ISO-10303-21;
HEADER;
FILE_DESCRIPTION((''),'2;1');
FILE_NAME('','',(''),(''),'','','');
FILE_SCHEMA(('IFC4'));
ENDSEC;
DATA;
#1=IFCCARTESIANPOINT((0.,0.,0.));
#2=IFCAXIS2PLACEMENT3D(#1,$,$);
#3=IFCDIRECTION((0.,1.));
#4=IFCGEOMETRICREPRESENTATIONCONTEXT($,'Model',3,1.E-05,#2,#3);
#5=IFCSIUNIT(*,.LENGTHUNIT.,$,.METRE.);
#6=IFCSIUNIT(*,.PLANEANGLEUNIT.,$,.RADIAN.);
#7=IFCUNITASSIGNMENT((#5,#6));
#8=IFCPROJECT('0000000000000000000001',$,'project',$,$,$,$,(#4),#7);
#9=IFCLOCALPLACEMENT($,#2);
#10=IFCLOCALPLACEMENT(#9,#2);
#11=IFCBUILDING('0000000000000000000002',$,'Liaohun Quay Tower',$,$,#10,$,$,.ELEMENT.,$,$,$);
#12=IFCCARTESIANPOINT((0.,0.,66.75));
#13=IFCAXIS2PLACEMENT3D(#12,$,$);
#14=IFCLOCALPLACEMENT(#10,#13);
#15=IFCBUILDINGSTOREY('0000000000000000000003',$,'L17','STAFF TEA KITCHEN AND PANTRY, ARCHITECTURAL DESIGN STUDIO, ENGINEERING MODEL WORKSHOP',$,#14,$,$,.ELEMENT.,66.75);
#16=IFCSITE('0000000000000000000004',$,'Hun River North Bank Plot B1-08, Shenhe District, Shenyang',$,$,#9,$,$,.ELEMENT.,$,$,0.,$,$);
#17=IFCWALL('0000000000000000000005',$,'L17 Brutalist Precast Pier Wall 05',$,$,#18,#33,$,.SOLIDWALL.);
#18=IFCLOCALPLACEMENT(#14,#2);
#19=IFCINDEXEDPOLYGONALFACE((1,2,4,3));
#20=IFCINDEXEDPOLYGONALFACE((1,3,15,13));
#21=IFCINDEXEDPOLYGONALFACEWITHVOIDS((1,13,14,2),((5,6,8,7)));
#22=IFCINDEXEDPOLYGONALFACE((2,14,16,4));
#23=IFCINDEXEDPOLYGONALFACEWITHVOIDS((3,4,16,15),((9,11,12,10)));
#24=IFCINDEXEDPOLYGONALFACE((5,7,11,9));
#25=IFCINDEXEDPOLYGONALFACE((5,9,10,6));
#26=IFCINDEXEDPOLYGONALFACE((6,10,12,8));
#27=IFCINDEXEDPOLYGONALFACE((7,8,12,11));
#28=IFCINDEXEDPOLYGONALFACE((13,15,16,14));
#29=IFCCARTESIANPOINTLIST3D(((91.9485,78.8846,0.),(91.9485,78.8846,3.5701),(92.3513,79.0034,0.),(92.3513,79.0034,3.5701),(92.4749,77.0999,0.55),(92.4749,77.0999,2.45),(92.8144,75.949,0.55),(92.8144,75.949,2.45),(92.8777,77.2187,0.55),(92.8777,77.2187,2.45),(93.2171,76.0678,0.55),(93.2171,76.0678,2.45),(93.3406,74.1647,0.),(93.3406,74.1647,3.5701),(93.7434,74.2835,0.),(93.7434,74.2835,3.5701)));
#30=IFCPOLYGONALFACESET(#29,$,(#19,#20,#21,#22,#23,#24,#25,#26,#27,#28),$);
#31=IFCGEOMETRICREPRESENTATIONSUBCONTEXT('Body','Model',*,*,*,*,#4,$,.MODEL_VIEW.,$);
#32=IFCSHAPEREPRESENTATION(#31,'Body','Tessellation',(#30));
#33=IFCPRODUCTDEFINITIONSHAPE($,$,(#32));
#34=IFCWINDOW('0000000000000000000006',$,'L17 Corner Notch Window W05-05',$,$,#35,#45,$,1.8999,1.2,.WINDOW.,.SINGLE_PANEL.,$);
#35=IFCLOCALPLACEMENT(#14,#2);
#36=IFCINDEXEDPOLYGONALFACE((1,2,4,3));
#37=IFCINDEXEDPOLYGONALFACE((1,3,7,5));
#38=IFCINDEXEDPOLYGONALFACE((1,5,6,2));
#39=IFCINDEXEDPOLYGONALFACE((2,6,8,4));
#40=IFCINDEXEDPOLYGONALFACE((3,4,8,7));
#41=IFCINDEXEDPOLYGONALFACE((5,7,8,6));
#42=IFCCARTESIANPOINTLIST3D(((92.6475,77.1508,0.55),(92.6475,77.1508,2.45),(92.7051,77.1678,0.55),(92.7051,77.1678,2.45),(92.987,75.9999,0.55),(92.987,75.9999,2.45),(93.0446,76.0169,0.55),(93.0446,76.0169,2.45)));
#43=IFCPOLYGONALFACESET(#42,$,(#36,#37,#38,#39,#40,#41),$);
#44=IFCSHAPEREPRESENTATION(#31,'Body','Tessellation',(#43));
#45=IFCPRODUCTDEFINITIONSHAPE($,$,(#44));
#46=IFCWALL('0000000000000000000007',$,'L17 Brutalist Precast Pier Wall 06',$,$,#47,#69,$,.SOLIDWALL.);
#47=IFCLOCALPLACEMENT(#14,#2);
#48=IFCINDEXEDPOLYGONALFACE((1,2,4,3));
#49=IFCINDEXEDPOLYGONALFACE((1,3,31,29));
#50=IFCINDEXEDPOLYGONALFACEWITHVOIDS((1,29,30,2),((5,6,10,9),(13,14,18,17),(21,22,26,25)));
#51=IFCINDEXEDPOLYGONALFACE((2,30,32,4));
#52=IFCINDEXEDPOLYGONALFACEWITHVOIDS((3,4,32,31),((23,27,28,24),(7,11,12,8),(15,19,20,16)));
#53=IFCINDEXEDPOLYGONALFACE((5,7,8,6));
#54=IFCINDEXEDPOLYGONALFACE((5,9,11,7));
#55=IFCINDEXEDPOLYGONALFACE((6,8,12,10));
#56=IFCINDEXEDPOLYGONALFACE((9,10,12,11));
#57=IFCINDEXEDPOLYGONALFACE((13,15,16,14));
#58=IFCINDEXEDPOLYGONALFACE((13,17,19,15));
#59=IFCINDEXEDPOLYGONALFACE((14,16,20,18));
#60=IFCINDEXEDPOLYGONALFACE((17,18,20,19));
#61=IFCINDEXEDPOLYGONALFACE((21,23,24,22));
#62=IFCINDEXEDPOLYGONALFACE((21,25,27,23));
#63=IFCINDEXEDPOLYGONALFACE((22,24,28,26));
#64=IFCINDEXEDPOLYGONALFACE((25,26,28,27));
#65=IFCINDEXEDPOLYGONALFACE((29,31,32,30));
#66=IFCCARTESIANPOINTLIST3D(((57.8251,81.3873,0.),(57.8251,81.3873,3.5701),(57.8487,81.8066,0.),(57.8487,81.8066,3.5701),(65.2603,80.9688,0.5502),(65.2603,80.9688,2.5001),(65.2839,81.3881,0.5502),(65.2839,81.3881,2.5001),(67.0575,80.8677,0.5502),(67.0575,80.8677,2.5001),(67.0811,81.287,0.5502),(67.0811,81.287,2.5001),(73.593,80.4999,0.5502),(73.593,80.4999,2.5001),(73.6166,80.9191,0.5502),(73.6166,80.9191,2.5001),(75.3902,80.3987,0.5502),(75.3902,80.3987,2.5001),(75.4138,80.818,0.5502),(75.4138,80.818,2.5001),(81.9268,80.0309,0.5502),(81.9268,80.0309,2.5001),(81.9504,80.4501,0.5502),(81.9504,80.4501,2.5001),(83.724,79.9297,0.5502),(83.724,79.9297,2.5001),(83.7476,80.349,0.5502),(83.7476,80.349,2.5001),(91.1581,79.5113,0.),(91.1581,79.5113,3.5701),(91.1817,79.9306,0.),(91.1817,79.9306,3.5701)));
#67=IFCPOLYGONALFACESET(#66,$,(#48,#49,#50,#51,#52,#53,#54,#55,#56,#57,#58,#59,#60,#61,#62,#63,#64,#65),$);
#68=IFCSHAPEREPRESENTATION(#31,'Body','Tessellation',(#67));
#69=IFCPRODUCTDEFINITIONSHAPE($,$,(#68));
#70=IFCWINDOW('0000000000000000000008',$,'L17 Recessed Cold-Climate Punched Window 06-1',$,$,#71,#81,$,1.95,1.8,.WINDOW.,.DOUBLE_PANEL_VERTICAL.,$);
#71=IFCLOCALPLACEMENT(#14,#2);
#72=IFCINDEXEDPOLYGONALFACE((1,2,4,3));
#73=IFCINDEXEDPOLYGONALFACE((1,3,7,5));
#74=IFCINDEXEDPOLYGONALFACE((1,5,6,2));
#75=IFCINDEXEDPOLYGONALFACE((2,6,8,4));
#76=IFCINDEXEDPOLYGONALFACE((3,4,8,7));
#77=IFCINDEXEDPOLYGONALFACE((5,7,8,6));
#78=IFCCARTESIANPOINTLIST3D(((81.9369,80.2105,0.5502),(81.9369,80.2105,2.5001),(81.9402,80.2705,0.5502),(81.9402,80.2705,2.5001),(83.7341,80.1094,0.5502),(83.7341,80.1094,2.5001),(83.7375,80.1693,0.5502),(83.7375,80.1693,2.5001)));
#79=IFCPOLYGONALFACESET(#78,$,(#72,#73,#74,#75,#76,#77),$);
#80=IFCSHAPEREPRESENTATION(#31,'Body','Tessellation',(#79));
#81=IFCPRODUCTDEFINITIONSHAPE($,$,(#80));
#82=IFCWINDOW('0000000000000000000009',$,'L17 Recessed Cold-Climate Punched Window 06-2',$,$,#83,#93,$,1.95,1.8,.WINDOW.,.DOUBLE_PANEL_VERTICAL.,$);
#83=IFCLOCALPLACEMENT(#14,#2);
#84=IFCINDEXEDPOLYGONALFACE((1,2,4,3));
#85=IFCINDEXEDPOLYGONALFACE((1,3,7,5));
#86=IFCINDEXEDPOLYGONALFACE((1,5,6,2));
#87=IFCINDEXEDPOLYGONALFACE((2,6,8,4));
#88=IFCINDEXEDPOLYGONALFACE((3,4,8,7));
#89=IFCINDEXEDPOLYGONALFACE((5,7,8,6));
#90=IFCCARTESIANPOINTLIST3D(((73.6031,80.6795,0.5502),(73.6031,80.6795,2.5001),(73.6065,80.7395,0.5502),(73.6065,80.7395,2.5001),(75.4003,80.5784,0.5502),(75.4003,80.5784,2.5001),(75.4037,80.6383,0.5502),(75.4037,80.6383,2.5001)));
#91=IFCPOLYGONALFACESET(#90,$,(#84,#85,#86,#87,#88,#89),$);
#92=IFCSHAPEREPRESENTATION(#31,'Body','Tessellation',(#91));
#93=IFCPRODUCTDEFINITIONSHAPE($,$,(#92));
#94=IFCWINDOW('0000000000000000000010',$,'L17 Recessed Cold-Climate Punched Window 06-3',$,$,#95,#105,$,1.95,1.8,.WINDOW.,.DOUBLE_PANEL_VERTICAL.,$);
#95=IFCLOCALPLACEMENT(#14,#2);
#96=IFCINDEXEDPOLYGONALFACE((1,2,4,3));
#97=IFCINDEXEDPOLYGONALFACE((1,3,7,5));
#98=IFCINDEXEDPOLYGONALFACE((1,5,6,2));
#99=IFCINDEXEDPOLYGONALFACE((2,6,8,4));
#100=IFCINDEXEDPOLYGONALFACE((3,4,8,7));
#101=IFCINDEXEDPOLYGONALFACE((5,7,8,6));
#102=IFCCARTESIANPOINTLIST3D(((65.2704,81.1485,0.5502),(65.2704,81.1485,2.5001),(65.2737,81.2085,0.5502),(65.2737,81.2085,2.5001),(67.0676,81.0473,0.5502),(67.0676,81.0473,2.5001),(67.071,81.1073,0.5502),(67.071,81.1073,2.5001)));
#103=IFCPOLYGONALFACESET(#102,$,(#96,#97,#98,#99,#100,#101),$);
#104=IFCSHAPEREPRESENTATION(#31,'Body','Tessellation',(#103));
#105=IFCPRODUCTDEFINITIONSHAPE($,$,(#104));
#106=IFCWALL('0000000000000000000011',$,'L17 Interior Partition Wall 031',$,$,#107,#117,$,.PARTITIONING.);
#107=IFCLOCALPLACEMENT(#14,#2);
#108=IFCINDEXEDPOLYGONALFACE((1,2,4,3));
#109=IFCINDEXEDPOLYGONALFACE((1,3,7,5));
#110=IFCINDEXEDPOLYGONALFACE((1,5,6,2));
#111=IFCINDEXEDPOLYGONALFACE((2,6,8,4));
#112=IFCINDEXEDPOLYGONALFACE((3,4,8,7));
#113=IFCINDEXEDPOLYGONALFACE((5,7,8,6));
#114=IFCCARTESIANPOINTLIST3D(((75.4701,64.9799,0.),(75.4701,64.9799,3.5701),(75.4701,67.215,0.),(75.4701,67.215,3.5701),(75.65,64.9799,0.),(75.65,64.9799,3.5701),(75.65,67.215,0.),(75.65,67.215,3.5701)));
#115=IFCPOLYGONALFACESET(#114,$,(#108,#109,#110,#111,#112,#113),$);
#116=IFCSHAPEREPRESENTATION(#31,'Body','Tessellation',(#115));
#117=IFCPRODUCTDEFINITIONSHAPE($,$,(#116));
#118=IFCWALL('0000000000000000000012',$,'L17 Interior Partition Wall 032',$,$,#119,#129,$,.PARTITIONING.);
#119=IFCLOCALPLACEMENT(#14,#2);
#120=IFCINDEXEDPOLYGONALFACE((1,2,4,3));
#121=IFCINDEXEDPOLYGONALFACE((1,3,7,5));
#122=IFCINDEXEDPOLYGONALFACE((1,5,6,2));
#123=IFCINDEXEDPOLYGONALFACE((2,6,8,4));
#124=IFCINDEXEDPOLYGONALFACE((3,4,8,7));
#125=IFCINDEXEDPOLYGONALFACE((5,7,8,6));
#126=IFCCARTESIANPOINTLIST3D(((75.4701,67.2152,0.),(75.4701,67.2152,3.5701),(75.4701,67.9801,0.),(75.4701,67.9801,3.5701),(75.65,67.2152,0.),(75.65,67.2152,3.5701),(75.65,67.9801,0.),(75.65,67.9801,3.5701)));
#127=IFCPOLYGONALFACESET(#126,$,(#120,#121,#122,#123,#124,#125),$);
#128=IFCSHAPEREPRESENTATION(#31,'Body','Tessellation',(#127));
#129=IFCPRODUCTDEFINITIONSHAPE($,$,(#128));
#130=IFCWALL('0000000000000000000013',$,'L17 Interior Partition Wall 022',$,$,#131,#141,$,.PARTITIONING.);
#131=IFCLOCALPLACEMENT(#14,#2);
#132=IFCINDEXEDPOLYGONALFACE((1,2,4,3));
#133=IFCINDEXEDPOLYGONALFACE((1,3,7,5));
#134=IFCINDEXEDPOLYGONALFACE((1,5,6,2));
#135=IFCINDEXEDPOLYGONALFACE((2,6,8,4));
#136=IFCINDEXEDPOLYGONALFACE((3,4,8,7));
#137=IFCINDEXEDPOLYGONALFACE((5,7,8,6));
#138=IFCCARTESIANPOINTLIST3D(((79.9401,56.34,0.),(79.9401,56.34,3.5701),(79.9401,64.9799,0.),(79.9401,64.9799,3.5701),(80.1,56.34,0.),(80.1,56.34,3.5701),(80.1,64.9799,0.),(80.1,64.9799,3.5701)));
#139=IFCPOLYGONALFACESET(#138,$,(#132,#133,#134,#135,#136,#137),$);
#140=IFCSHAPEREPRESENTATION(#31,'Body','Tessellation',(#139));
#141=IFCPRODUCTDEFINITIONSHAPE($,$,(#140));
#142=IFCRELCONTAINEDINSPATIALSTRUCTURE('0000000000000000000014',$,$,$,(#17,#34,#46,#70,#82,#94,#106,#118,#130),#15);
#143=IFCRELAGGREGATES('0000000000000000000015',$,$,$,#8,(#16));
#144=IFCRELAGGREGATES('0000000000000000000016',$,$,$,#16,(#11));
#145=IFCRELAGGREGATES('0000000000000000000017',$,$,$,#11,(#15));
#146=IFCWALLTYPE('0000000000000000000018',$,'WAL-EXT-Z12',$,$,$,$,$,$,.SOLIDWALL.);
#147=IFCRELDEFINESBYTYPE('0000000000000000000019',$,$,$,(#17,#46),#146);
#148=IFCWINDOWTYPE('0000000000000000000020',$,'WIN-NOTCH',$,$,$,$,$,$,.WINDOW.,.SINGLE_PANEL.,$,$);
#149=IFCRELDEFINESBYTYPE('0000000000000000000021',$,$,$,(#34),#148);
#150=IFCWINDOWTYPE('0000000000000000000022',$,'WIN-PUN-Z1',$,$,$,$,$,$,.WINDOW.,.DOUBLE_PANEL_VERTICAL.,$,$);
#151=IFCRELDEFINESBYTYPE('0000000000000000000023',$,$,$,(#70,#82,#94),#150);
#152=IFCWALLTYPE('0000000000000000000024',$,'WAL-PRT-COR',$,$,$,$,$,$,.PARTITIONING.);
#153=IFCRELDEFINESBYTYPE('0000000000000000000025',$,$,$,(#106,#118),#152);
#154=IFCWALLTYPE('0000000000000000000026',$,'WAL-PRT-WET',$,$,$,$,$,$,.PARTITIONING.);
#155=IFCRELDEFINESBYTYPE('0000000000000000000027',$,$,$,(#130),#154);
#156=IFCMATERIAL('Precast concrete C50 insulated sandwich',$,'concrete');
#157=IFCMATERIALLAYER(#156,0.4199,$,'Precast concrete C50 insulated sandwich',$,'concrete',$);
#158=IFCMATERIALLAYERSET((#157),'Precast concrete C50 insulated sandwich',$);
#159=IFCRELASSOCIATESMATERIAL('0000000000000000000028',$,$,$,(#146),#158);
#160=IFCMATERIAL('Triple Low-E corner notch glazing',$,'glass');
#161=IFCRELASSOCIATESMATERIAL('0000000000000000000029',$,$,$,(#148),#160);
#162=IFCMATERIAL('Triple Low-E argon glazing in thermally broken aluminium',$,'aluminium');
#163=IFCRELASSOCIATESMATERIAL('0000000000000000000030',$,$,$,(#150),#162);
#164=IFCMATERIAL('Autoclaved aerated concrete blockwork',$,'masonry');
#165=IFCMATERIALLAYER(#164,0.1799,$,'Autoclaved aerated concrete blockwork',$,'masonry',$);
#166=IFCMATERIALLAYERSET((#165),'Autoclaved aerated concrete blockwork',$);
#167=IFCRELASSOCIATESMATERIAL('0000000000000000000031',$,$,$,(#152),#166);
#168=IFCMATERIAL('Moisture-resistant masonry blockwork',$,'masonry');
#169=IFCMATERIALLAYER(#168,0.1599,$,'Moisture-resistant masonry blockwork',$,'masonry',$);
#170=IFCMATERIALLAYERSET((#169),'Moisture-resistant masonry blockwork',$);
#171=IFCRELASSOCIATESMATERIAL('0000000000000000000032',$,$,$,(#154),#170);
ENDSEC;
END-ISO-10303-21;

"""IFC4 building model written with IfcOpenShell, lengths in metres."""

from ifc_helpers import new_model, si_unit, direction, frame, frame_2d, origin, place, context, subcontext, project, spatial, rectangle, extrude, source, transform, mapped, material, layer, layer_set, type_object, element, fill, save


model = new_model("IFC4")

# Units and contexts
model_context = context("Model", 3, precision=1e-05, world=origin(), true_north=direction((0.0, 1.0)))
body_context = subcontext(model_context, "Body", "Model", "MODEL_VIEW")
ifc_project = project(units=[si_unit("LENGTHUNIT", "METRE"), si_unit("PLANEANGLEUNIT", "RADIAN")], contexts=[model_context])

# Site, building, storey
site_placement = place(None, origin())
site = spatial("IfcSite", under=ifc_project, at=site_placement, Name="Hun River North Bank Plot B1-08, Shenhe District, Shenyang", CompositionType="ELEMENT", RefElevation=0.0)
building_placement = place(site_placement, origin())
building = spatial("IfcBuilding", under=site, at=building_placement, Name="Liaohun Quay Tower", CompositionType="ELEMENT")
storey_placement = place(building_placement, frame((0.0, 0.0, 66.75)))
storey = spatial("IfcBuildingStorey", under=building, at=storey_placement, Name="L17", Description="STAFF TEA KITCHEN AND PANTRY, ARCHITECTURAL DESIGN STUDIO, ENGINEERING MODEL WORKSHOP", CompositionType="ELEMENT", Elevation=66.75)

# Wall, opening, window
ifc_material_1 = material(Name="Precast concrete C50 insulated sandwich", Category="concrete")
ifc_layer_1 = layer(ifc_material_1, 0.4199, Name="Precast concrete C50 insulated sandwich", Category="concrete")
ifc_layer_set_1 = layer_set([ifc_layer_1], Name="Precast concrete C50 insulated sandwich")
wall_type_1 = type_object("IfcWallType", Name="WAL-EXT-Z12", PredefinedType="SOLIDWALL", material=ifc_layer_set_1)
shared_shape_1 = source(origin(), body_context, "Body", "SweptSolid", [
    extrude(rectangle(XDim=1.2, YDim=1.8999, at=frame_2d((0.6001, 0.95))), frame((0.0, 0.22, 0.0), z_axis=(0.0, -1.0, 0.0), x_axis=(1.0, 0.0, 0.0)), (0.0, 0.0, 1.0), 0.4399),
])
ifc_material_2 = material(Name="Triple Low-E corner notch glazing", Category="glass")
window_type_1 = type_object("IfcWindowType", Name="WIN-NOTCH", PartitioningType="SINGLE_PANEL", PredefinedType="WINDOW", material=ifc_material_2)
shared_shape_2 = source(origin(), body_context, "Body", "SweptSolid", [
    extrude(rectangle(XDim=1.2, YDim=1.8999, at=frame_2d((0.6001, 0.95))), frame((0.0, 0.03, 0.0), z_axis=(0.0, -1.0, 0.0), x_axis=(1.0, 0.0, 0.0)), (0.0, 0.0, 1.0), 0.0601),
])
wall_1_placement = place(storey_placement, frame((93.542, 74.2241, 0.0), z_axis=(0.0, 0.0, 1.0), x_axis=(-0.282889, 0.959153, 0.0)))
wall_1 = element("IfcWall", 1, at=wall_1_placement, inside=storey, type_object=wall_type_1, Name="L17 Brutalist Precast Pier Wall 05", PredefinedType="SOLIDWALL", context=body_context, shape_type="SweptSolid", body=[
    extrude(rectangle(XDim=4.9209, YDim=0.4199, at=frame_2d((2.4604, 0.0))), origin(), (0.0, 0.0, 1.0), 3.5701),
])
opening_1_placement = place(wall_1_placement, frame((1.8601, 0.0, 0.55)))
opening_1 = element("IfcOpeningElement", 2, at=opening_1_placement, cuts=wall_1, PredefinedType="OPENING", context=body_context, shape_type="MappedRepresentation", body=[
    mapped(shared_shape_1, transform((0.0, 0.0, 0.0), x_axis=(1.0, 0.0, 0.0), y_axis=(0.0, 1.0, 0.0), z_axis=(0.0, 0.0, 1.0), scale=1.0)),
])
window_1_placement = place(opening_1_placement, origin())
window_1 = element("IfcWindow", 3, at=window_1_placement, inside=storey, type_object=window_type_1, Name="L17 Corner Notch Window W05-05", OverallHeight=1.8999, OverallWidth=1.2, PartitioningType="SINGLE_PANEL", PredefinedType="WINDOW", context=body_context, shape_type="MappedRepresentation", body=[
    mapped(shared_shape_2, transform((0.0, 0.0, 0.0), x_axis=(1.0, 0.0, 0.0), y_axis=(0.0, 1.0, 0.0), z_axis=(0.0, 0.0, 1.0), scale=1.0)),
])
fill(opening_1, window_1)

# Wall, openings, windows
wall_2_placement = place(storey_placement, frame((91.1699, 79.7209, 0.0), z_axis=(0.0, 0.0, 1.0), x_axis=(-0.99842, 0.056191, 0.0)))
wall_2 = element("IfcWall", 4, at=wall_2_placement, inside=storey, type_object=wall_type_1, Name="L17 Brutalist Precast Pier Wall 06", PredefinedType="SOLIDWALL", context=body_context, shape_type="SweptSolid", body=[
    extrude(rectangle(XDim=33.3857, YDim=0.4199, at=frame_2d((16.6929, 0.0))), origin(), (0.0, 0.0, 1.0), 3.5701),
])
shared_shape_3 = source(origin(), body_context, "Body", "SweptSolid", [
    extrude(rectangle(XDim=1.8, YDim=1.95, at=frame_2d((0.8999, 0.9751))), frame((0.0, 0.22, 0.0), z_axis=(0.0, -1.0, 0.0), x_axis=(1.0, 0.0, 0.0)), (0.0, 0.0, 1.0), 0.4399),
])
opening_2_placement = place(wall_2_placement, frame((7.446, 0.0, 0.55)))
opening_2 = element("IfcOpeningElement", 5, at=opening_2_placement, cuts=wall_2, PredefinedType="OPENING", context=body_context, shape_type="MappedRepresentation", body=[
    mapped(shared_shape_3, transform((0.0, 0.0, 0.0), x_axis=(1.0, 0.0, 0.0), y_axis=(0.0, 1.0, 0.0), z_axis=(0.0, 0.0, 1.0), scale=1.0)),
])
opening_3_placement = place(wall_2_placement, frame((15.793, 0.0, 0.55)))
opening_3 = element("IfcOpeningElement", 6, at=opening_3_placement, cuts=wall_2, PredefinedType="OPENING", context=body_context, shape_type="MappedRepresentation", body=[
    mapped(shared_shape_3, transform((0.0, 0.0, 0.0), x_axis=(1.0, 0.0, 0.0), y_axis=(0.0, 1.0, 0.0), z_axis=(0.0, 0.0, 1.0), scale=1.0)),
])
opening_4_placement = place(wall_2_placement, frame((24.1389, 0.0, 0.55)))
opening_4 = element("IfcOpeningElement", 7, at=opening_4_placement, cuts=wall_2, PredefinedType="OPENING", context=body_context, shape_type="MappedRepresentation", body=[
    mapped(shared_shape_3, transform((0.0, 0.0, 0.0), x_axis=(1.0, 0.0, 0.0), y_axis=(0.0, 1.0, 0.0), z_axis=(0.0, 0.0, 1.0), scale=1.0)),
])
ifc_material_3 = material(Name="Triple Low-E argon glazing in thermally broken aluminium", Category="aluminium")
window_type_2 = type_object("IfcWindowType", Name="WIN-PUN-Z1", PartitioningType="DOUBLE_PANEL_VERTICAL", PredefinedType="WINDOW", material=ifc_material_3)
shared_shape_4 = source(origin(), body_context, "Body", "SweptSolid", [
    extrude(rectangle(XDim=1.8, YDim=1.95, at=frame_2d((0.8999, 0.9751))), frame((0.0, 0.03, 0.0), z_axis=(0.0, -1.0, 0.0), x_axis=(1.0, 0.0, 0.0)), (0.0, 0.0, 1.0), 0.0601),
])
window_2_placement = place(opening_2_placement, origin())
window_2 = element("IfcWindow", 8, at=window_2_placement, inside=storey, type_object=window_type_2, Name="L17 Recessed Cold-Climate Punched Window 06-1", OverallHeight=1.95, OverallWidth=1.8, PartitioningType="DOUBLE_PANEL_VERTICAL", PredefinedType="WINDOW", context=body_context, shape_type="MappedRepresentation", body=[
    mapped(shared_shape_4, transform((0.0, 0.0, 0.0), x_axis=(1.0, 0.0, 0.0), y_axis=(0.0, 1.0, 0.0), z_axis=(0.0, 0.0, 1.0), scale=1.0)),
])
fill(opening_2, window_2)
window_3_placement = place(opening_3_placement, origin())
window_3 = element("IfcWindow", 9, at=window_3_placement, inside=storey, type_object=window_type_2, Name="L17 Recessed Cold-Climate Punched Window 06-2", OverallHeight=1.95, OverallWidth=1.8, PartitioningType="DOUBLE_PANEL_VERTICAL", PredefinedType="WINDOW", context=body_context, shape_type="MappedRepresentation", body=[
    mapped(shared_shape_4, transform((0.0, 0.0, 0.0), x_axis=(1.0, 0.0, 0.0), y_axis=(0.0, 1.0, 0.0), z_axis=(0.0, 0.0, 1.0), scale=1.0)),
])
fill(opening_3, window_3)
window_4_placement = place(opening_4_placement, origin())
window_4 = element("IfcWindow", 10, at=window_4_placement, inside=storey, type_object=window_type_2, Name="L17 Recessed Cold-Climate Punched Window 06-3", OverallHeight=1.95, OverallWidth=1.8, PartitioningType="DOUBLE_PANEL_VERTICAL", PredefinedType="WINDOW", context=body_context, shape_type="MappedRepresentation", body=[
    mapped(shared_shape_4, transform((0.0, 0.0, 0.0), x_axis=(1.0, 0.0, 0.0), y_axis=(0.0, 1.0, 0.0), z_axis=(0.0, 0.0, 1.0), scale=1.0)),
])
fill(opening_4, window_4)

# Walls
ifc_material_4 = material(Name="Autoclaved aerated concrete blockwork", Category="masonry")
ifc_layer_2 = layer(ifc_material_4, 0.1799, Name="Autoclaved aerated concrete blockwork", Category="masonry")
ifc_layer_set_2 = layer_set([ifc_layer_2], Name="Autoclaved aerated concrete blockwork")
wall_type_2 = type_object("IfcWallType", Name="WAL-PRT-COR", PredefinedType="PARTITIONING", material=ifc_layer_set_2)
wall_3_placement = place(storey_placement, frame((75.5601, 67.2151, 0.0), z_axis=(0.0, 0.0, 1.0), x_axis=(0.0, -1.0, 0.0)))
element("IfcWall", 11, at=wall_3_placement, inside=storey, type_object=wall_type_2, Name="L17 Interior Partition Wall 031", PredefinedType="PARTITIONING", context=body_context, shape_type="SweptSolid", body=[
    extrude(rectangle(XDim=2.2351, YDim=0.1799, at=frame_2d((1.1177, 0.0))), origin(), (0.0, 0.0, 1.0), 3.5701),
])
wall_4_placement = place(storey_placement, frame((75.5601, 67.98, 0.0), z_axis=(0.0, 0.0, 1.0), x_axis=(0.0, -1.0, 0.0)))
element("IfcWall", 12, at=wall_4_placement, inside=storey, type_object=wall_type_2, Name="L17 Interior Partition Wall 032", PredefinedType="PARTITIONING", context=body_context, shape_type="SweptSolid", body=[
    extrude(rectangle(XDim=0.7649, YDim=0.1799, at=frame_2d((0.3823, 0.0))), origin(), (0.0, 0.0, 1.0), 3.5701),
])
ifc_material_5 = material(Name="Moisture-resistant masonry blockwork", Category="masonry")
ifc_layer_3 = layer(ifc_material_5, 0.1599, Name="Moisture-resistant masonry blockwork", Category="masonry")
ifc_layer_set_3 = layer_set([ifc_layer_3], Name="Moisture-resistant masonry blockwork")
wall_type_3 = type_object("IfcWallType", Name="WAL-PRT-WET", PredefinedType="PARTITIONING", material=ifc_layer_set_3)
wall_5_placement = place(storey_placement, frame((80.02, 56.3401, 0.0), z_axis=(0.0, 0.0, 1.0), x_axis=(0.0, 1.0, 0.0)))
element("IfcWall", 13, at=wall_5_placement, inside=storey, type_object=wall_type_3, Name="L17 Interior Partition Wall 022", PredefinedType="PARTITIONING", context=body_context, shape_type="SweptSolid", body=[
    extrude(rectangle(XDim=8.6399, YDim=0.1599, at=frame_2d((4.3198, 0.0))), origin(), (0.0, 0.0, 1.0), 3.5701),
])

save(model, "model.ifc")
